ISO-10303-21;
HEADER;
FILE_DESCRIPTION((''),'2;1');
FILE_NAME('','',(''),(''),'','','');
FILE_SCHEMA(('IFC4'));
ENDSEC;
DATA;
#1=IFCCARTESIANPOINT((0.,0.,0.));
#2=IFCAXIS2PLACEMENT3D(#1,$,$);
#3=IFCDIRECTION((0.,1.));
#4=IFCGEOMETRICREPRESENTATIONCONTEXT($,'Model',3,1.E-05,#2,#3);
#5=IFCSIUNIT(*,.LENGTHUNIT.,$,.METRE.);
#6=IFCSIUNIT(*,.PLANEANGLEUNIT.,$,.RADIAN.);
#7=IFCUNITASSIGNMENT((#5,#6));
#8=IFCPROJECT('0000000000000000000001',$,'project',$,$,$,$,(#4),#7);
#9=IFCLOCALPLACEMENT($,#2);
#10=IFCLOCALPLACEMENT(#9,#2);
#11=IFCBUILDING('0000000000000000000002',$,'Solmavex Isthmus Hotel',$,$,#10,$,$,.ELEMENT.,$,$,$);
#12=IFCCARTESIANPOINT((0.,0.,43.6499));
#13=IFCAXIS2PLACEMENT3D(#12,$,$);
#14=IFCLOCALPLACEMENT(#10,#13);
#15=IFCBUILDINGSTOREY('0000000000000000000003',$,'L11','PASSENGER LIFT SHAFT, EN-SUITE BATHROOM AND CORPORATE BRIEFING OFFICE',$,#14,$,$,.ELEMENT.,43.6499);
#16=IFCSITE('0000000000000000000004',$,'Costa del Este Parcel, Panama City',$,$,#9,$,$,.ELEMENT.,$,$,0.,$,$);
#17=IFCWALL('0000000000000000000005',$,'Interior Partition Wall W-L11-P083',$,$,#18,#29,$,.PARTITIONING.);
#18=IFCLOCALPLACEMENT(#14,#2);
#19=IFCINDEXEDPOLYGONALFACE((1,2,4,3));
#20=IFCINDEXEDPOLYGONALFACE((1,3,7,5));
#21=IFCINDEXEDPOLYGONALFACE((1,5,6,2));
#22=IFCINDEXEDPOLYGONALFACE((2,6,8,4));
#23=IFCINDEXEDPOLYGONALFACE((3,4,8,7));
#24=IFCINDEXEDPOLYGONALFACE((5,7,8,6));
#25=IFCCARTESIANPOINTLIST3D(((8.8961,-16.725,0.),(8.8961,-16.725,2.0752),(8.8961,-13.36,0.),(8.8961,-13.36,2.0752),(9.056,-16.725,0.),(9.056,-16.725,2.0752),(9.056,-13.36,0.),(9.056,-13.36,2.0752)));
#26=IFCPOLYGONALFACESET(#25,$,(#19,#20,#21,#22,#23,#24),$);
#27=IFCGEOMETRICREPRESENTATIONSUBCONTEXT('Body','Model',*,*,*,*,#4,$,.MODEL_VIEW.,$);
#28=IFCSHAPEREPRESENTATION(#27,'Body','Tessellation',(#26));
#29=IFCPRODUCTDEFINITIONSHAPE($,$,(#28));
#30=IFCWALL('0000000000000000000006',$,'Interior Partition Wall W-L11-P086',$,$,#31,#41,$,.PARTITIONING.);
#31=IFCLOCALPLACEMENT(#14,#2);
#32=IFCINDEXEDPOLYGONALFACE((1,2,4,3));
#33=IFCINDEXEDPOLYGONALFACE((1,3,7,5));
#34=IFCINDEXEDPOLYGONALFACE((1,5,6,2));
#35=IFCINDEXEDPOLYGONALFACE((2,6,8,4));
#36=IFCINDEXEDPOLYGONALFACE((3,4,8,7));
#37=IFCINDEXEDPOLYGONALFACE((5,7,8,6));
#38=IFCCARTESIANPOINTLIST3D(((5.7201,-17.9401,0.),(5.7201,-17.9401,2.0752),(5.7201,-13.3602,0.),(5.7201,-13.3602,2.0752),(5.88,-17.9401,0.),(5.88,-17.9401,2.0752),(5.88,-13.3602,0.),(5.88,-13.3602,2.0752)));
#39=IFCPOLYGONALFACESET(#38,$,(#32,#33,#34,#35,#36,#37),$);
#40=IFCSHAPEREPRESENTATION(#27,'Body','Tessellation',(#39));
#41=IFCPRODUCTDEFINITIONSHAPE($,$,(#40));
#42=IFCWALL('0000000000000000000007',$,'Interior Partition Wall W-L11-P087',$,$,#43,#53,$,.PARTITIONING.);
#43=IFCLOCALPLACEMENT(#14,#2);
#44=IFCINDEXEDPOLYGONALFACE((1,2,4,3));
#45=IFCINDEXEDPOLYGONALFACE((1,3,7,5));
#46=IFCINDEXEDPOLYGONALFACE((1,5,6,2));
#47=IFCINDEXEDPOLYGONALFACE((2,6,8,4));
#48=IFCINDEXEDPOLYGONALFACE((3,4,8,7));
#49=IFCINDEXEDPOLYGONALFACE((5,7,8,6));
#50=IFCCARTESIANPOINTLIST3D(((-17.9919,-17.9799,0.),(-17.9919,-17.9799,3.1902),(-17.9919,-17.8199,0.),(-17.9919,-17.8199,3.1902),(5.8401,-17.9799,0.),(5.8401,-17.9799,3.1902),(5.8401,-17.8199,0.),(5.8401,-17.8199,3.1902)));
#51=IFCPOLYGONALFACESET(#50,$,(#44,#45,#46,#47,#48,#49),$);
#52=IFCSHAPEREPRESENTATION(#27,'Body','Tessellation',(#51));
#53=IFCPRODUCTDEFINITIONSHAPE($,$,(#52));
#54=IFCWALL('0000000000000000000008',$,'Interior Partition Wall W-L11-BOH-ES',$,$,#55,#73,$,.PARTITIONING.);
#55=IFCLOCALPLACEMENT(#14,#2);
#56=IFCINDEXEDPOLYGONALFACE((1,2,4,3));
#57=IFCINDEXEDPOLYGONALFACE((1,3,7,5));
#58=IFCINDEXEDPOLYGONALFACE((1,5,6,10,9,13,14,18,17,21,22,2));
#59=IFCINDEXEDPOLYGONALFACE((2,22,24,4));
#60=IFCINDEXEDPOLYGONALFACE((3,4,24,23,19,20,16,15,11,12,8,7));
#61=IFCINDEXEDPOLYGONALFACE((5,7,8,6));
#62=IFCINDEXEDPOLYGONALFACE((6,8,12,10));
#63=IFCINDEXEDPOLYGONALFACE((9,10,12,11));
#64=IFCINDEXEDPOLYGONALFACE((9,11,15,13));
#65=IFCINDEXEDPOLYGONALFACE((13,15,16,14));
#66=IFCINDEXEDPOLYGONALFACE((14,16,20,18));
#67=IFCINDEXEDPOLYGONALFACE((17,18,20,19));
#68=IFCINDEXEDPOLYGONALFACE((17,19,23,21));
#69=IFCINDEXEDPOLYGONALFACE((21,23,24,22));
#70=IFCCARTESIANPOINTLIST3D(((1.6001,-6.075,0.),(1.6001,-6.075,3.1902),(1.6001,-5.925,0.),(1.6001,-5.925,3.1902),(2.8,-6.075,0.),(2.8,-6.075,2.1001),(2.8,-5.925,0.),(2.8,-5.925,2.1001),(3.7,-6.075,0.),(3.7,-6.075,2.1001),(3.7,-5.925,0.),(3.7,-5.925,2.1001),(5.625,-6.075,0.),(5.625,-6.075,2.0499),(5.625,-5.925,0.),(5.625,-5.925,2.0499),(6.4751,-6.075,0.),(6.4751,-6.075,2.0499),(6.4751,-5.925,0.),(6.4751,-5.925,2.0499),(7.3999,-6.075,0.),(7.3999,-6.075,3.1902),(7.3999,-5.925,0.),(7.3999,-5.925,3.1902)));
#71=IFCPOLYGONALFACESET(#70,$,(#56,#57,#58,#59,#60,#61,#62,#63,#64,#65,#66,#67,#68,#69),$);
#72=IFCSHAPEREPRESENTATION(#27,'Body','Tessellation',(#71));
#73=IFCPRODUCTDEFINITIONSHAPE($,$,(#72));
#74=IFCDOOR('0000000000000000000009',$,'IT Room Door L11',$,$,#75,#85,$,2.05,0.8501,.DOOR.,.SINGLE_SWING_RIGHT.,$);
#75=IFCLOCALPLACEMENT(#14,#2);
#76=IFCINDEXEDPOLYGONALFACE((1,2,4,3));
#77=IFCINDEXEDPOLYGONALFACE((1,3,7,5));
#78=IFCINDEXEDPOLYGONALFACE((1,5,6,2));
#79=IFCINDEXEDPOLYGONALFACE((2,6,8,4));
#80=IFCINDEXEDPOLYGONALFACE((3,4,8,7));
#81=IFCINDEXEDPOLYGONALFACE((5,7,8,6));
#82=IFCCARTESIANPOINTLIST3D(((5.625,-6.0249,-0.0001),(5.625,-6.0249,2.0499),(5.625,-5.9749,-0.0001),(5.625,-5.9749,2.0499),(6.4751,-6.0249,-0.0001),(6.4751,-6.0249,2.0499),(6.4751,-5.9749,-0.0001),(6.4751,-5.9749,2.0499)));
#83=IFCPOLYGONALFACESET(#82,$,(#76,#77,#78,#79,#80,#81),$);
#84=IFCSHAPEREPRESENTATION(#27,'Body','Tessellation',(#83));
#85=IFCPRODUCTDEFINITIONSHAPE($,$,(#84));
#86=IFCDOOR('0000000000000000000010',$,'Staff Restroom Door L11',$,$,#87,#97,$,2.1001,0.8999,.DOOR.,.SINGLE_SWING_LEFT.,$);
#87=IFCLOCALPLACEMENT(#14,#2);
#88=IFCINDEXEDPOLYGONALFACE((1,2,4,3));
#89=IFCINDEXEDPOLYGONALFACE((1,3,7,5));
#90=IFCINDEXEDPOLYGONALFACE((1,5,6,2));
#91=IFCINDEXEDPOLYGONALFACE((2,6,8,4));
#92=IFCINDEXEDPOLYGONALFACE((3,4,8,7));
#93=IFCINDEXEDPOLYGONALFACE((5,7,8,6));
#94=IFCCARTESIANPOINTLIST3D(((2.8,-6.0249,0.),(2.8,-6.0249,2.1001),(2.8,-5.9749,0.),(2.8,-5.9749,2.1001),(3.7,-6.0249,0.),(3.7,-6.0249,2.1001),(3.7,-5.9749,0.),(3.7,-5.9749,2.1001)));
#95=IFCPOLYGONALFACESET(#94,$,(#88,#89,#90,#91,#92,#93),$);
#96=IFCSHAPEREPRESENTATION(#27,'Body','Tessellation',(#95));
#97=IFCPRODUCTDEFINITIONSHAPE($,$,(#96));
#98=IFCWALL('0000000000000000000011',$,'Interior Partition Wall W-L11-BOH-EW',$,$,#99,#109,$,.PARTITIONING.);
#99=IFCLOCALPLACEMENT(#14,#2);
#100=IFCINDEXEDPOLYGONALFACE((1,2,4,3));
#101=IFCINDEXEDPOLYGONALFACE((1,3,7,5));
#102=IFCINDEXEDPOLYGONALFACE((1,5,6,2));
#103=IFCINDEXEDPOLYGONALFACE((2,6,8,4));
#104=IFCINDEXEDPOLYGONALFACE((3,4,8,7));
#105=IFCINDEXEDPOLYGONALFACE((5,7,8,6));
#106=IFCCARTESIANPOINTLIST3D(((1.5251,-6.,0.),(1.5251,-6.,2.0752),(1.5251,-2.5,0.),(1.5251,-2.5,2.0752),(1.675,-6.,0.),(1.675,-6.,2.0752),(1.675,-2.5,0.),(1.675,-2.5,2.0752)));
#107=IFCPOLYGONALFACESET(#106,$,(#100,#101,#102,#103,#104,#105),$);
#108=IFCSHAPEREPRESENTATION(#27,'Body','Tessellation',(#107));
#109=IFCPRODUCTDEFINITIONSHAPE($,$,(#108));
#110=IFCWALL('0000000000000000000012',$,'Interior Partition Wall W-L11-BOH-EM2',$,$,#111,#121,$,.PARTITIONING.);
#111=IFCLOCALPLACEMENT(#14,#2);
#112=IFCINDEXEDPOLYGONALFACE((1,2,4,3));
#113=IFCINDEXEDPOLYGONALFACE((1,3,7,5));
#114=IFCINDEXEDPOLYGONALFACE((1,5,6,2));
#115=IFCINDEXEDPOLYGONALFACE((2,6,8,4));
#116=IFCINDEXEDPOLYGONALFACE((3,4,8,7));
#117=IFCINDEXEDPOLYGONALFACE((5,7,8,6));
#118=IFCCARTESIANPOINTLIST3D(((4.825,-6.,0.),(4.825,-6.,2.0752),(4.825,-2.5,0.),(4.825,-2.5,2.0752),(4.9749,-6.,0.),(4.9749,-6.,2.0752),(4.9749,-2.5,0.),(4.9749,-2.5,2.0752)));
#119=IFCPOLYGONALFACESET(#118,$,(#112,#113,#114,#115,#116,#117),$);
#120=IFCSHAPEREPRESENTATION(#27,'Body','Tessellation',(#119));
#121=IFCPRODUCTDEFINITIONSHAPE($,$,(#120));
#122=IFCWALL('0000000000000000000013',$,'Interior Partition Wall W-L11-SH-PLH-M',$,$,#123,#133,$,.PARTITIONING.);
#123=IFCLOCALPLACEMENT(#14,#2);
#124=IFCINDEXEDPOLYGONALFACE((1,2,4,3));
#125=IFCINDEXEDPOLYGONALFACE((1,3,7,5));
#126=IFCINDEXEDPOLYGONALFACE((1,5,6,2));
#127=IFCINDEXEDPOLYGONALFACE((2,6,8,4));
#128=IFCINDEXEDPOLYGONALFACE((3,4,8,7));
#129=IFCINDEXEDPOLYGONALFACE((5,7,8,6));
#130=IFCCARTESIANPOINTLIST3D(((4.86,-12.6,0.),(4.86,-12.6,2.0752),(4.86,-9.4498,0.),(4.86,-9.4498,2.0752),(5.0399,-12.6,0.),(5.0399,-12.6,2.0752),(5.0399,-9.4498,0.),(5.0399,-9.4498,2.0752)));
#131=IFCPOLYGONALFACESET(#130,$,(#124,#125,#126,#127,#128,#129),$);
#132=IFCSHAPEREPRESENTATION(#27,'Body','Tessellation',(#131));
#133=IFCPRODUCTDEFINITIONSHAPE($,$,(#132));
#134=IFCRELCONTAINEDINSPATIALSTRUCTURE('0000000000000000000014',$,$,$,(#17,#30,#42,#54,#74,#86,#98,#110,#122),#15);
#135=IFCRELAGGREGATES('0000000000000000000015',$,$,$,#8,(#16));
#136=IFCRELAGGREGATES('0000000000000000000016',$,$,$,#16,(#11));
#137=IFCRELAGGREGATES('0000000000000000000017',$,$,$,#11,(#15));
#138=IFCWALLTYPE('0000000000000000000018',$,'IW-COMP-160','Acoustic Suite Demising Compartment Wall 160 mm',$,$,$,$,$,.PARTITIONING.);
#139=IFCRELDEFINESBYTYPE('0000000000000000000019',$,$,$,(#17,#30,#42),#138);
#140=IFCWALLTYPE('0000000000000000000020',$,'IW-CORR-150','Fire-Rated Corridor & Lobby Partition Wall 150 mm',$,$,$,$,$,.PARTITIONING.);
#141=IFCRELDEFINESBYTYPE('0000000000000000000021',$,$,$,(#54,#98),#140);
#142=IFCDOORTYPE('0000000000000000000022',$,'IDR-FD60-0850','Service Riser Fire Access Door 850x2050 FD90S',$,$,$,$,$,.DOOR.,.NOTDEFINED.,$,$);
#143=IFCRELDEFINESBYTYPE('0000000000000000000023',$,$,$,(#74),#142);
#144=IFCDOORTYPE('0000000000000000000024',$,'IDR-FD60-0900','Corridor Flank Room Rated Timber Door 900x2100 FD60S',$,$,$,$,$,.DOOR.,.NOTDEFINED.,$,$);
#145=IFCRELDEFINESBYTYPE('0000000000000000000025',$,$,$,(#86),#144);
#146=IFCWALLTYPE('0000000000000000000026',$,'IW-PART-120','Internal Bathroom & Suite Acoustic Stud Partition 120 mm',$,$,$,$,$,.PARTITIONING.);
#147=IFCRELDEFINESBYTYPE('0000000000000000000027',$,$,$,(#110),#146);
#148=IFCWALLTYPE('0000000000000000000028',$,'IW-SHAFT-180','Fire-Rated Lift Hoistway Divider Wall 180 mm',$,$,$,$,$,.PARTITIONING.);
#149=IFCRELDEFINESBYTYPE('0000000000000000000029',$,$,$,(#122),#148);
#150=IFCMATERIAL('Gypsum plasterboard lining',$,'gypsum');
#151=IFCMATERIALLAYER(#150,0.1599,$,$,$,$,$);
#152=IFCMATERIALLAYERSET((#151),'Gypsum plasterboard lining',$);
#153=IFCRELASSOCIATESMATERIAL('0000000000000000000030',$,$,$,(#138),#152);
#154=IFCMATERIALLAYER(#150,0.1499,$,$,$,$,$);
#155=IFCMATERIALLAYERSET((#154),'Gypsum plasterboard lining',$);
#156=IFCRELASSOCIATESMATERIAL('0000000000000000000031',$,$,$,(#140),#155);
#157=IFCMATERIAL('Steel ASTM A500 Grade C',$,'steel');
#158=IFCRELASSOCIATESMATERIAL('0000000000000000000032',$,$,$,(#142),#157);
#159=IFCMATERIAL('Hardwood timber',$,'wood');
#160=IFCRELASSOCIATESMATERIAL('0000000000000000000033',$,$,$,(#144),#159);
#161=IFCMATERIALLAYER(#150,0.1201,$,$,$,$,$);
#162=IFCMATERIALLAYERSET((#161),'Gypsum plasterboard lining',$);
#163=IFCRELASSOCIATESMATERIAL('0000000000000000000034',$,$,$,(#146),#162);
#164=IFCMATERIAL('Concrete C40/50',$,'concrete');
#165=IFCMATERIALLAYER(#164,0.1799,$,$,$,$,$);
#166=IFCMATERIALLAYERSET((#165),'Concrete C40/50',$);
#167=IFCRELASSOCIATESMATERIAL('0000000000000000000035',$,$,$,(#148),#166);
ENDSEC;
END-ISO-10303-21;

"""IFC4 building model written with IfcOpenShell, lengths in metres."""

from ifc_helpers import new_model, si_unit, direction, frame, frame_2d, origin, place, context, subcontext, project, spatial, rectangle, extrude, material, layer, layer_set, type_object, element, fill, save


model = new_model("IFC4")

# Units and contexts
model_context = context("Model", 3, precision=1e-05, world=origin(), true_north=direction((0.0, 1.0)))
body_context = subcontext(model_context, "Body", "Model", "MODEL_VIEW")
ifc_project = project(units=[si_unit("LENGTHUNIT", "METRE"), si_unit("PLANEANGLEUNIT", "RADIAN")], contexts=[model_context])

# Site, building, storey
site_placement = place(None, origin())
site = spatial("IfcSite", under=ifc_project, at=site_placement, Name="Costa del Este Parcel, Panama City", CompositionType="ELEMENT", RefElevation=0.0)
building_placement = place(site_placement, origin())
building = spatial("IfcBuilding", under=site, at=building_placement, Name="Solmavex Isthmus Hotel", CompositionType="ELEMENT")
storey_placement = place(building_placement, frame((0.0, 0.0, 43.6499)))
storey = spatial("IfcBuildingStorey", under=building, at=storey_placement, Name="L11", Description="PASSENGER LIFT SHAFT, EN-SUITE BATHROOM AND CORPORATE BRIEFING OFFICE", CompositionType="ELEMENT", Elevation=43.6499)

# Walls
ifc_material_1 = material(Name="Gypsum plasterboard lining", Category="gypsum")
ifc_layer_1 = layer(ifc_material_1, 0.1599)
ifc_layer_set_1 = layer_set([ifc_layer_1], Name="Gypsum plasterboard lining")
wall_type_1 = type_object("IfcWallType", Name="IW-COMP-160", Description="Acoustic Suite Demising Compartment Wall 160 mm", PredefinedType="PARTITIONING", material=ifc_layer_set_1)
wall_1_placement = place(storey_placement, frame((8.9761, -16.7251, 0.0), z_axis=(0.0, 0.0, 1.0), x_axis=(0.0, 1.0, 0.0)))
element("IfcWall", 1, at=wall_1_placement, inside=storey, type_object=wall_type_1, Name="Interior Partition Wall W-L11-P083", PredefinedType="PARTITIONING", context=body_context, shape_type="SweptSolid", body=[
    extrude(rectangle(XDim=3.365, YDim=0.1599, at=frame_2d((1.6826, 0.0))), origin(), (0.0, 0.0, 1.0), 2.0752),
])
wall_2_placement = place(storey_placement, frame((5.8, -13.3601, 0.0), z_axis=(0.0, 0.0, 1.0), x_axis=(0.0, -1.0, 0.0)))
element("IfcWall", 2, at=wall_2_placement, inside=storey, type_object=wall_type_1, Name="Interior Partition Wall W-L11-P086", PredefinedType="PARTITIONING", context=body_context, shape_type="SweptSolid", body=[
    extrude(rectangle(XDim=4.5798, YDim=0.1599, at=frame_2d((2.29, 0.0))), origin(), (0.0, 0.0, 1.0), 2.0752),
])
wall_3_placement = place(storey_placement, frame((5.8401, -17.8999, 0.0), z_axis=(0.0, 0.0, 1.0), x_axis=(-1.0, 0.0, 0.0)))
element("IfcWall", 3, at=wall_3_placement, inside=storey, type_object=wall_type_1, Name="Interior Partition Wall W-L11-P087", PredefinedType="PARTITIONING", context=body_context, shape_type="SweptSolid", body=[
    extrude(rectangle(XDim=23.832, YDim=0.1599, at=frame_2d((11.916, 0.0))), origin(), (0.0, 0.0, 1.0), 3.1902),
])

# Wall, openings, doors
ifc_layer_2 = layer(ifc_material_1, 0.1499)
ifc_layer_set_2 = layer_set([ifc_layer_2], Name="Gypsum plasterboard lining")
wall_type_2 = type_object("IfcWallType", Name="IW-CORR-150", Description="Fire-Rated Corridor & Lobby Partition Wall 150 mm", PredefinedType="PARTITIONING", material=ifc_layer_set_2)
wall_4_placement = place(storey_placement, frame((1.6001, -6.0, 0.0), z_axis=(0.0, 0.0, 1.0), x_axis=(1.0, 0.0, 0.0)))
wall_4 = element("IfcWall", 4, at=wall_4_placement, inside=storey, type_object=wall_type_2, Name="Interior Partition Wall W-L11-BOH-ES", PredefinedType="PARTITIONING", context=body_context, shape_type="SweptSolid", body=[
    extrude(rectangle(XDim=5.7998, YDim=0.1499, at=frame_2d((2.8999, 0.0))), origin(), (0.0, 0.0, 1.0), 3.1902),
])
opening_1_placement = place(wall_4_placement, frame((1.2, 0.0, 0.0)))
opening_1 = element("IfcOpeningElement", 5, at=opening_1_placement, cuts=wall_4, PredefinedType="OPENING", context=body_context, shape_type="SweptSolid", body=[
    extrude(rectangle(XDim=0.8999, YDim=2.1001, at=frame_2d((0.45, 1.05))), frame((0.0, 0.085, 0.0), z_axis=(0.0, -1.0, 0.0), x_axis=(1.0, 0.0, 0.0)), (0.0, 0.0, 1.0), 0.1699),
])
opening_2_placement = place(wall_4_placement, frame((4.0249, 0.0, 0.0)))
opening_2 = element("IfcOpeningElement", 6, at=opening_2_placement, cuts=wall_4, PredefinedType="OPENING", context=body_context, shape_type="SweptSolid", body=[
    extrude(rectangle(XDim=0.8501, YDim=2.05, at=frame_2d((0.425, 1.0249))), frame((0.0, 0.085, 0.0), z_axis=(0.0, -1.0, 0.0), x_axis=(1.0, 0.0, 0.0)), (0.0, 0.0, 1.0), 0.1699),
])
ifc_material_2 = material(Name="Steel ASTM A500 Grade C", Category="steel")
door_type_1 = type_object("IfcDoorType", Name="IDR-FD60-0850", Description="Service Riser Fire Access Door 850x2050 FD90S", OperationType="NOTDEFINED", PredefinedType="DOOR", material=ifc_material_2)
door_1_placement = place(opening_2_placement, frame((0.8501, 0.0, 0.0), z_axis=(0.0, 0.0, 1.0), x_axis=(-1.0, 0.0, 0.0)))
door_1 = element("IfcDoor", 7, at=door_1_placement, inside=storey, type_object=door_type_1, Name="IT Room Door L11", OperationType="SINGLE_SWING_RIGHT", OverallHeight=2.05, OverallWidth=0.8501, PredefinedType="DOOR", context=body_context, shape_type="SweptSolid", body=[
    extrude(rectangle(XDim=0.8501, YDim=2.05, at=frame_2d((0.425, 1.0249))), frame((0.0, 0.0249, 0.0), z_axis=(0.0, -1.0, 0.0), x_axis=(1.0, 0.0, 0.0)), (0.0, 0.0, 1.0), 0.05),
])
fill(opening_2, door_1)
ifc_material_3 = material(Name="Hardwood timber", Category="wood")
door_type_2 = type_object("IfcDoorType", Name="IDR-FD60-0900", Description="Corridor Flank Room Rated Timber Door 900x2100 FD60S", OperationType="NOTDEFINED", PredefinedType="DOOR", material=ifc_material_3)
door_2_placement = place(opening_1_placement, frame((0.8999, 0.0, 0.0), z_axis=(0.0, 0.0, 1.0), x_axis=(-1.0, 0.0, 0.0)))
door_2 = element("IfcDoor", 8, at=door_2_placement, inside=storey, type_object=door_type_2, Name="Staff Restroom Door L11", OperationType="SINGLE_SWING_LEFT", OverallHeight=2.1001, OverallWidth=0.8999, PredefinedType="DOOR", context=body_context, shape_type="SweptSolid", body=[
    extrude(rectangle(XDim=0.8999, YDim=2.1001, at=frame_2d((0.45, 1.05))), frame((0.0, 0.0249, 0.0), z_axis=(0.0, -1.0, 0.0), x_axis=(1.0, 0.0, 0.0)), (0.0, 0.0, 1.0), 0.05),
])
fill(opening_1, door_2)

# Walls
wall_5_placement = place(storey_placement, frame((1.6001, -6.0, 0.0), z_axis=(0.0, 0.0, 1.0), x_axis=(0.0, 1.0, 0.0)))
element("IfcWall", 9, at=wall_5_placement, inside=storey, type_object=wall_type_2, Name="Interior Partition Wall W-L11-BOH-EW", PredefinedType="PARTITIONING", context=body_context, shape_type="SweptSolid", body=[
    extrude(rectangle(XDim=3.5, YDim=0.1499, at=frame_2d((1.75, 0.0))), origin(), (0.0, 0.0, 1.0), 2.0752),
])
ifc_layer_3 = layer(ifc_material_1, 0.1201)
ifc_layer_set_3 = layer_set([ifc_layer_3], Name="Gypsum plasterboard lining")
wall_type_3 = type_object("IfcWallType", Name="IW-PART-120", Description="Internal Bathroom & Suite Acoustic Stud Partition 120 mm", PredefinedType="PARTITIONING", material=ifc_layer_set_3)
wall_6_placement = place(storey_placement, frame((4.8999, -6.0, 0.0), z_axis=(0.0, 0.0, 1.0), x_axis=(0.0, 1.0, 0.0)))
element("IfcWall", 10, at=wall_6_placement, inside=storey, type_object=wall_type_3, Name="Interior Partition Wall W-L11-BOH-EM2", PredefinedType="PARTITIONING", context=body_context, shape_type="SweptSolid", body=[
    extrude(rectangle(XDim=3.5, YDim=0.1499, at=frame_2d((1.75, 0.0))), origin(), (0.0, 0.0, 1.0), 2.0752),
])
ifc_material_4 = material(Name="Concrete C40/50", Category="concrete")
ifc_layer_4 = layer(ifc_material_4, 0.1799)
ifc_layer_set_4 = layer_set([ifc_layer_4], Name="Concrete C40/50")
wall_type_4 = type_object("IfcWallType", Name="IW-SHAFT-180", Description="Fire-Rated Lift Hoistway Divider Wall 180 mm", PredefinedType="PARTITIONING", material=ifc_layer_set_4)
wall_7_placement = place(storey_placement, frame((4.95, -12.6001, 0.0), z_axis=(0.0, 0.0, 1.0), x_axis=(0.0, 1.0, 0.0)))
element("IfcWall", 11, at=wall_7_placement, inside=storey, type_object=wall_type_4, Name="Interior Partition Wall W-L11-SH-PLH-M", PredefinedType="PARTITIONING", context=body_context, shape_type="SweptSolid", body=[
    extrude(rectangle(XDim=3.1501, YDim=0.1799, at=frame_2d((1.5752, 0.0))), origin(), (0.0, 0.0, 1.0), 2.0752),
])

save(model, "model.ifc")
